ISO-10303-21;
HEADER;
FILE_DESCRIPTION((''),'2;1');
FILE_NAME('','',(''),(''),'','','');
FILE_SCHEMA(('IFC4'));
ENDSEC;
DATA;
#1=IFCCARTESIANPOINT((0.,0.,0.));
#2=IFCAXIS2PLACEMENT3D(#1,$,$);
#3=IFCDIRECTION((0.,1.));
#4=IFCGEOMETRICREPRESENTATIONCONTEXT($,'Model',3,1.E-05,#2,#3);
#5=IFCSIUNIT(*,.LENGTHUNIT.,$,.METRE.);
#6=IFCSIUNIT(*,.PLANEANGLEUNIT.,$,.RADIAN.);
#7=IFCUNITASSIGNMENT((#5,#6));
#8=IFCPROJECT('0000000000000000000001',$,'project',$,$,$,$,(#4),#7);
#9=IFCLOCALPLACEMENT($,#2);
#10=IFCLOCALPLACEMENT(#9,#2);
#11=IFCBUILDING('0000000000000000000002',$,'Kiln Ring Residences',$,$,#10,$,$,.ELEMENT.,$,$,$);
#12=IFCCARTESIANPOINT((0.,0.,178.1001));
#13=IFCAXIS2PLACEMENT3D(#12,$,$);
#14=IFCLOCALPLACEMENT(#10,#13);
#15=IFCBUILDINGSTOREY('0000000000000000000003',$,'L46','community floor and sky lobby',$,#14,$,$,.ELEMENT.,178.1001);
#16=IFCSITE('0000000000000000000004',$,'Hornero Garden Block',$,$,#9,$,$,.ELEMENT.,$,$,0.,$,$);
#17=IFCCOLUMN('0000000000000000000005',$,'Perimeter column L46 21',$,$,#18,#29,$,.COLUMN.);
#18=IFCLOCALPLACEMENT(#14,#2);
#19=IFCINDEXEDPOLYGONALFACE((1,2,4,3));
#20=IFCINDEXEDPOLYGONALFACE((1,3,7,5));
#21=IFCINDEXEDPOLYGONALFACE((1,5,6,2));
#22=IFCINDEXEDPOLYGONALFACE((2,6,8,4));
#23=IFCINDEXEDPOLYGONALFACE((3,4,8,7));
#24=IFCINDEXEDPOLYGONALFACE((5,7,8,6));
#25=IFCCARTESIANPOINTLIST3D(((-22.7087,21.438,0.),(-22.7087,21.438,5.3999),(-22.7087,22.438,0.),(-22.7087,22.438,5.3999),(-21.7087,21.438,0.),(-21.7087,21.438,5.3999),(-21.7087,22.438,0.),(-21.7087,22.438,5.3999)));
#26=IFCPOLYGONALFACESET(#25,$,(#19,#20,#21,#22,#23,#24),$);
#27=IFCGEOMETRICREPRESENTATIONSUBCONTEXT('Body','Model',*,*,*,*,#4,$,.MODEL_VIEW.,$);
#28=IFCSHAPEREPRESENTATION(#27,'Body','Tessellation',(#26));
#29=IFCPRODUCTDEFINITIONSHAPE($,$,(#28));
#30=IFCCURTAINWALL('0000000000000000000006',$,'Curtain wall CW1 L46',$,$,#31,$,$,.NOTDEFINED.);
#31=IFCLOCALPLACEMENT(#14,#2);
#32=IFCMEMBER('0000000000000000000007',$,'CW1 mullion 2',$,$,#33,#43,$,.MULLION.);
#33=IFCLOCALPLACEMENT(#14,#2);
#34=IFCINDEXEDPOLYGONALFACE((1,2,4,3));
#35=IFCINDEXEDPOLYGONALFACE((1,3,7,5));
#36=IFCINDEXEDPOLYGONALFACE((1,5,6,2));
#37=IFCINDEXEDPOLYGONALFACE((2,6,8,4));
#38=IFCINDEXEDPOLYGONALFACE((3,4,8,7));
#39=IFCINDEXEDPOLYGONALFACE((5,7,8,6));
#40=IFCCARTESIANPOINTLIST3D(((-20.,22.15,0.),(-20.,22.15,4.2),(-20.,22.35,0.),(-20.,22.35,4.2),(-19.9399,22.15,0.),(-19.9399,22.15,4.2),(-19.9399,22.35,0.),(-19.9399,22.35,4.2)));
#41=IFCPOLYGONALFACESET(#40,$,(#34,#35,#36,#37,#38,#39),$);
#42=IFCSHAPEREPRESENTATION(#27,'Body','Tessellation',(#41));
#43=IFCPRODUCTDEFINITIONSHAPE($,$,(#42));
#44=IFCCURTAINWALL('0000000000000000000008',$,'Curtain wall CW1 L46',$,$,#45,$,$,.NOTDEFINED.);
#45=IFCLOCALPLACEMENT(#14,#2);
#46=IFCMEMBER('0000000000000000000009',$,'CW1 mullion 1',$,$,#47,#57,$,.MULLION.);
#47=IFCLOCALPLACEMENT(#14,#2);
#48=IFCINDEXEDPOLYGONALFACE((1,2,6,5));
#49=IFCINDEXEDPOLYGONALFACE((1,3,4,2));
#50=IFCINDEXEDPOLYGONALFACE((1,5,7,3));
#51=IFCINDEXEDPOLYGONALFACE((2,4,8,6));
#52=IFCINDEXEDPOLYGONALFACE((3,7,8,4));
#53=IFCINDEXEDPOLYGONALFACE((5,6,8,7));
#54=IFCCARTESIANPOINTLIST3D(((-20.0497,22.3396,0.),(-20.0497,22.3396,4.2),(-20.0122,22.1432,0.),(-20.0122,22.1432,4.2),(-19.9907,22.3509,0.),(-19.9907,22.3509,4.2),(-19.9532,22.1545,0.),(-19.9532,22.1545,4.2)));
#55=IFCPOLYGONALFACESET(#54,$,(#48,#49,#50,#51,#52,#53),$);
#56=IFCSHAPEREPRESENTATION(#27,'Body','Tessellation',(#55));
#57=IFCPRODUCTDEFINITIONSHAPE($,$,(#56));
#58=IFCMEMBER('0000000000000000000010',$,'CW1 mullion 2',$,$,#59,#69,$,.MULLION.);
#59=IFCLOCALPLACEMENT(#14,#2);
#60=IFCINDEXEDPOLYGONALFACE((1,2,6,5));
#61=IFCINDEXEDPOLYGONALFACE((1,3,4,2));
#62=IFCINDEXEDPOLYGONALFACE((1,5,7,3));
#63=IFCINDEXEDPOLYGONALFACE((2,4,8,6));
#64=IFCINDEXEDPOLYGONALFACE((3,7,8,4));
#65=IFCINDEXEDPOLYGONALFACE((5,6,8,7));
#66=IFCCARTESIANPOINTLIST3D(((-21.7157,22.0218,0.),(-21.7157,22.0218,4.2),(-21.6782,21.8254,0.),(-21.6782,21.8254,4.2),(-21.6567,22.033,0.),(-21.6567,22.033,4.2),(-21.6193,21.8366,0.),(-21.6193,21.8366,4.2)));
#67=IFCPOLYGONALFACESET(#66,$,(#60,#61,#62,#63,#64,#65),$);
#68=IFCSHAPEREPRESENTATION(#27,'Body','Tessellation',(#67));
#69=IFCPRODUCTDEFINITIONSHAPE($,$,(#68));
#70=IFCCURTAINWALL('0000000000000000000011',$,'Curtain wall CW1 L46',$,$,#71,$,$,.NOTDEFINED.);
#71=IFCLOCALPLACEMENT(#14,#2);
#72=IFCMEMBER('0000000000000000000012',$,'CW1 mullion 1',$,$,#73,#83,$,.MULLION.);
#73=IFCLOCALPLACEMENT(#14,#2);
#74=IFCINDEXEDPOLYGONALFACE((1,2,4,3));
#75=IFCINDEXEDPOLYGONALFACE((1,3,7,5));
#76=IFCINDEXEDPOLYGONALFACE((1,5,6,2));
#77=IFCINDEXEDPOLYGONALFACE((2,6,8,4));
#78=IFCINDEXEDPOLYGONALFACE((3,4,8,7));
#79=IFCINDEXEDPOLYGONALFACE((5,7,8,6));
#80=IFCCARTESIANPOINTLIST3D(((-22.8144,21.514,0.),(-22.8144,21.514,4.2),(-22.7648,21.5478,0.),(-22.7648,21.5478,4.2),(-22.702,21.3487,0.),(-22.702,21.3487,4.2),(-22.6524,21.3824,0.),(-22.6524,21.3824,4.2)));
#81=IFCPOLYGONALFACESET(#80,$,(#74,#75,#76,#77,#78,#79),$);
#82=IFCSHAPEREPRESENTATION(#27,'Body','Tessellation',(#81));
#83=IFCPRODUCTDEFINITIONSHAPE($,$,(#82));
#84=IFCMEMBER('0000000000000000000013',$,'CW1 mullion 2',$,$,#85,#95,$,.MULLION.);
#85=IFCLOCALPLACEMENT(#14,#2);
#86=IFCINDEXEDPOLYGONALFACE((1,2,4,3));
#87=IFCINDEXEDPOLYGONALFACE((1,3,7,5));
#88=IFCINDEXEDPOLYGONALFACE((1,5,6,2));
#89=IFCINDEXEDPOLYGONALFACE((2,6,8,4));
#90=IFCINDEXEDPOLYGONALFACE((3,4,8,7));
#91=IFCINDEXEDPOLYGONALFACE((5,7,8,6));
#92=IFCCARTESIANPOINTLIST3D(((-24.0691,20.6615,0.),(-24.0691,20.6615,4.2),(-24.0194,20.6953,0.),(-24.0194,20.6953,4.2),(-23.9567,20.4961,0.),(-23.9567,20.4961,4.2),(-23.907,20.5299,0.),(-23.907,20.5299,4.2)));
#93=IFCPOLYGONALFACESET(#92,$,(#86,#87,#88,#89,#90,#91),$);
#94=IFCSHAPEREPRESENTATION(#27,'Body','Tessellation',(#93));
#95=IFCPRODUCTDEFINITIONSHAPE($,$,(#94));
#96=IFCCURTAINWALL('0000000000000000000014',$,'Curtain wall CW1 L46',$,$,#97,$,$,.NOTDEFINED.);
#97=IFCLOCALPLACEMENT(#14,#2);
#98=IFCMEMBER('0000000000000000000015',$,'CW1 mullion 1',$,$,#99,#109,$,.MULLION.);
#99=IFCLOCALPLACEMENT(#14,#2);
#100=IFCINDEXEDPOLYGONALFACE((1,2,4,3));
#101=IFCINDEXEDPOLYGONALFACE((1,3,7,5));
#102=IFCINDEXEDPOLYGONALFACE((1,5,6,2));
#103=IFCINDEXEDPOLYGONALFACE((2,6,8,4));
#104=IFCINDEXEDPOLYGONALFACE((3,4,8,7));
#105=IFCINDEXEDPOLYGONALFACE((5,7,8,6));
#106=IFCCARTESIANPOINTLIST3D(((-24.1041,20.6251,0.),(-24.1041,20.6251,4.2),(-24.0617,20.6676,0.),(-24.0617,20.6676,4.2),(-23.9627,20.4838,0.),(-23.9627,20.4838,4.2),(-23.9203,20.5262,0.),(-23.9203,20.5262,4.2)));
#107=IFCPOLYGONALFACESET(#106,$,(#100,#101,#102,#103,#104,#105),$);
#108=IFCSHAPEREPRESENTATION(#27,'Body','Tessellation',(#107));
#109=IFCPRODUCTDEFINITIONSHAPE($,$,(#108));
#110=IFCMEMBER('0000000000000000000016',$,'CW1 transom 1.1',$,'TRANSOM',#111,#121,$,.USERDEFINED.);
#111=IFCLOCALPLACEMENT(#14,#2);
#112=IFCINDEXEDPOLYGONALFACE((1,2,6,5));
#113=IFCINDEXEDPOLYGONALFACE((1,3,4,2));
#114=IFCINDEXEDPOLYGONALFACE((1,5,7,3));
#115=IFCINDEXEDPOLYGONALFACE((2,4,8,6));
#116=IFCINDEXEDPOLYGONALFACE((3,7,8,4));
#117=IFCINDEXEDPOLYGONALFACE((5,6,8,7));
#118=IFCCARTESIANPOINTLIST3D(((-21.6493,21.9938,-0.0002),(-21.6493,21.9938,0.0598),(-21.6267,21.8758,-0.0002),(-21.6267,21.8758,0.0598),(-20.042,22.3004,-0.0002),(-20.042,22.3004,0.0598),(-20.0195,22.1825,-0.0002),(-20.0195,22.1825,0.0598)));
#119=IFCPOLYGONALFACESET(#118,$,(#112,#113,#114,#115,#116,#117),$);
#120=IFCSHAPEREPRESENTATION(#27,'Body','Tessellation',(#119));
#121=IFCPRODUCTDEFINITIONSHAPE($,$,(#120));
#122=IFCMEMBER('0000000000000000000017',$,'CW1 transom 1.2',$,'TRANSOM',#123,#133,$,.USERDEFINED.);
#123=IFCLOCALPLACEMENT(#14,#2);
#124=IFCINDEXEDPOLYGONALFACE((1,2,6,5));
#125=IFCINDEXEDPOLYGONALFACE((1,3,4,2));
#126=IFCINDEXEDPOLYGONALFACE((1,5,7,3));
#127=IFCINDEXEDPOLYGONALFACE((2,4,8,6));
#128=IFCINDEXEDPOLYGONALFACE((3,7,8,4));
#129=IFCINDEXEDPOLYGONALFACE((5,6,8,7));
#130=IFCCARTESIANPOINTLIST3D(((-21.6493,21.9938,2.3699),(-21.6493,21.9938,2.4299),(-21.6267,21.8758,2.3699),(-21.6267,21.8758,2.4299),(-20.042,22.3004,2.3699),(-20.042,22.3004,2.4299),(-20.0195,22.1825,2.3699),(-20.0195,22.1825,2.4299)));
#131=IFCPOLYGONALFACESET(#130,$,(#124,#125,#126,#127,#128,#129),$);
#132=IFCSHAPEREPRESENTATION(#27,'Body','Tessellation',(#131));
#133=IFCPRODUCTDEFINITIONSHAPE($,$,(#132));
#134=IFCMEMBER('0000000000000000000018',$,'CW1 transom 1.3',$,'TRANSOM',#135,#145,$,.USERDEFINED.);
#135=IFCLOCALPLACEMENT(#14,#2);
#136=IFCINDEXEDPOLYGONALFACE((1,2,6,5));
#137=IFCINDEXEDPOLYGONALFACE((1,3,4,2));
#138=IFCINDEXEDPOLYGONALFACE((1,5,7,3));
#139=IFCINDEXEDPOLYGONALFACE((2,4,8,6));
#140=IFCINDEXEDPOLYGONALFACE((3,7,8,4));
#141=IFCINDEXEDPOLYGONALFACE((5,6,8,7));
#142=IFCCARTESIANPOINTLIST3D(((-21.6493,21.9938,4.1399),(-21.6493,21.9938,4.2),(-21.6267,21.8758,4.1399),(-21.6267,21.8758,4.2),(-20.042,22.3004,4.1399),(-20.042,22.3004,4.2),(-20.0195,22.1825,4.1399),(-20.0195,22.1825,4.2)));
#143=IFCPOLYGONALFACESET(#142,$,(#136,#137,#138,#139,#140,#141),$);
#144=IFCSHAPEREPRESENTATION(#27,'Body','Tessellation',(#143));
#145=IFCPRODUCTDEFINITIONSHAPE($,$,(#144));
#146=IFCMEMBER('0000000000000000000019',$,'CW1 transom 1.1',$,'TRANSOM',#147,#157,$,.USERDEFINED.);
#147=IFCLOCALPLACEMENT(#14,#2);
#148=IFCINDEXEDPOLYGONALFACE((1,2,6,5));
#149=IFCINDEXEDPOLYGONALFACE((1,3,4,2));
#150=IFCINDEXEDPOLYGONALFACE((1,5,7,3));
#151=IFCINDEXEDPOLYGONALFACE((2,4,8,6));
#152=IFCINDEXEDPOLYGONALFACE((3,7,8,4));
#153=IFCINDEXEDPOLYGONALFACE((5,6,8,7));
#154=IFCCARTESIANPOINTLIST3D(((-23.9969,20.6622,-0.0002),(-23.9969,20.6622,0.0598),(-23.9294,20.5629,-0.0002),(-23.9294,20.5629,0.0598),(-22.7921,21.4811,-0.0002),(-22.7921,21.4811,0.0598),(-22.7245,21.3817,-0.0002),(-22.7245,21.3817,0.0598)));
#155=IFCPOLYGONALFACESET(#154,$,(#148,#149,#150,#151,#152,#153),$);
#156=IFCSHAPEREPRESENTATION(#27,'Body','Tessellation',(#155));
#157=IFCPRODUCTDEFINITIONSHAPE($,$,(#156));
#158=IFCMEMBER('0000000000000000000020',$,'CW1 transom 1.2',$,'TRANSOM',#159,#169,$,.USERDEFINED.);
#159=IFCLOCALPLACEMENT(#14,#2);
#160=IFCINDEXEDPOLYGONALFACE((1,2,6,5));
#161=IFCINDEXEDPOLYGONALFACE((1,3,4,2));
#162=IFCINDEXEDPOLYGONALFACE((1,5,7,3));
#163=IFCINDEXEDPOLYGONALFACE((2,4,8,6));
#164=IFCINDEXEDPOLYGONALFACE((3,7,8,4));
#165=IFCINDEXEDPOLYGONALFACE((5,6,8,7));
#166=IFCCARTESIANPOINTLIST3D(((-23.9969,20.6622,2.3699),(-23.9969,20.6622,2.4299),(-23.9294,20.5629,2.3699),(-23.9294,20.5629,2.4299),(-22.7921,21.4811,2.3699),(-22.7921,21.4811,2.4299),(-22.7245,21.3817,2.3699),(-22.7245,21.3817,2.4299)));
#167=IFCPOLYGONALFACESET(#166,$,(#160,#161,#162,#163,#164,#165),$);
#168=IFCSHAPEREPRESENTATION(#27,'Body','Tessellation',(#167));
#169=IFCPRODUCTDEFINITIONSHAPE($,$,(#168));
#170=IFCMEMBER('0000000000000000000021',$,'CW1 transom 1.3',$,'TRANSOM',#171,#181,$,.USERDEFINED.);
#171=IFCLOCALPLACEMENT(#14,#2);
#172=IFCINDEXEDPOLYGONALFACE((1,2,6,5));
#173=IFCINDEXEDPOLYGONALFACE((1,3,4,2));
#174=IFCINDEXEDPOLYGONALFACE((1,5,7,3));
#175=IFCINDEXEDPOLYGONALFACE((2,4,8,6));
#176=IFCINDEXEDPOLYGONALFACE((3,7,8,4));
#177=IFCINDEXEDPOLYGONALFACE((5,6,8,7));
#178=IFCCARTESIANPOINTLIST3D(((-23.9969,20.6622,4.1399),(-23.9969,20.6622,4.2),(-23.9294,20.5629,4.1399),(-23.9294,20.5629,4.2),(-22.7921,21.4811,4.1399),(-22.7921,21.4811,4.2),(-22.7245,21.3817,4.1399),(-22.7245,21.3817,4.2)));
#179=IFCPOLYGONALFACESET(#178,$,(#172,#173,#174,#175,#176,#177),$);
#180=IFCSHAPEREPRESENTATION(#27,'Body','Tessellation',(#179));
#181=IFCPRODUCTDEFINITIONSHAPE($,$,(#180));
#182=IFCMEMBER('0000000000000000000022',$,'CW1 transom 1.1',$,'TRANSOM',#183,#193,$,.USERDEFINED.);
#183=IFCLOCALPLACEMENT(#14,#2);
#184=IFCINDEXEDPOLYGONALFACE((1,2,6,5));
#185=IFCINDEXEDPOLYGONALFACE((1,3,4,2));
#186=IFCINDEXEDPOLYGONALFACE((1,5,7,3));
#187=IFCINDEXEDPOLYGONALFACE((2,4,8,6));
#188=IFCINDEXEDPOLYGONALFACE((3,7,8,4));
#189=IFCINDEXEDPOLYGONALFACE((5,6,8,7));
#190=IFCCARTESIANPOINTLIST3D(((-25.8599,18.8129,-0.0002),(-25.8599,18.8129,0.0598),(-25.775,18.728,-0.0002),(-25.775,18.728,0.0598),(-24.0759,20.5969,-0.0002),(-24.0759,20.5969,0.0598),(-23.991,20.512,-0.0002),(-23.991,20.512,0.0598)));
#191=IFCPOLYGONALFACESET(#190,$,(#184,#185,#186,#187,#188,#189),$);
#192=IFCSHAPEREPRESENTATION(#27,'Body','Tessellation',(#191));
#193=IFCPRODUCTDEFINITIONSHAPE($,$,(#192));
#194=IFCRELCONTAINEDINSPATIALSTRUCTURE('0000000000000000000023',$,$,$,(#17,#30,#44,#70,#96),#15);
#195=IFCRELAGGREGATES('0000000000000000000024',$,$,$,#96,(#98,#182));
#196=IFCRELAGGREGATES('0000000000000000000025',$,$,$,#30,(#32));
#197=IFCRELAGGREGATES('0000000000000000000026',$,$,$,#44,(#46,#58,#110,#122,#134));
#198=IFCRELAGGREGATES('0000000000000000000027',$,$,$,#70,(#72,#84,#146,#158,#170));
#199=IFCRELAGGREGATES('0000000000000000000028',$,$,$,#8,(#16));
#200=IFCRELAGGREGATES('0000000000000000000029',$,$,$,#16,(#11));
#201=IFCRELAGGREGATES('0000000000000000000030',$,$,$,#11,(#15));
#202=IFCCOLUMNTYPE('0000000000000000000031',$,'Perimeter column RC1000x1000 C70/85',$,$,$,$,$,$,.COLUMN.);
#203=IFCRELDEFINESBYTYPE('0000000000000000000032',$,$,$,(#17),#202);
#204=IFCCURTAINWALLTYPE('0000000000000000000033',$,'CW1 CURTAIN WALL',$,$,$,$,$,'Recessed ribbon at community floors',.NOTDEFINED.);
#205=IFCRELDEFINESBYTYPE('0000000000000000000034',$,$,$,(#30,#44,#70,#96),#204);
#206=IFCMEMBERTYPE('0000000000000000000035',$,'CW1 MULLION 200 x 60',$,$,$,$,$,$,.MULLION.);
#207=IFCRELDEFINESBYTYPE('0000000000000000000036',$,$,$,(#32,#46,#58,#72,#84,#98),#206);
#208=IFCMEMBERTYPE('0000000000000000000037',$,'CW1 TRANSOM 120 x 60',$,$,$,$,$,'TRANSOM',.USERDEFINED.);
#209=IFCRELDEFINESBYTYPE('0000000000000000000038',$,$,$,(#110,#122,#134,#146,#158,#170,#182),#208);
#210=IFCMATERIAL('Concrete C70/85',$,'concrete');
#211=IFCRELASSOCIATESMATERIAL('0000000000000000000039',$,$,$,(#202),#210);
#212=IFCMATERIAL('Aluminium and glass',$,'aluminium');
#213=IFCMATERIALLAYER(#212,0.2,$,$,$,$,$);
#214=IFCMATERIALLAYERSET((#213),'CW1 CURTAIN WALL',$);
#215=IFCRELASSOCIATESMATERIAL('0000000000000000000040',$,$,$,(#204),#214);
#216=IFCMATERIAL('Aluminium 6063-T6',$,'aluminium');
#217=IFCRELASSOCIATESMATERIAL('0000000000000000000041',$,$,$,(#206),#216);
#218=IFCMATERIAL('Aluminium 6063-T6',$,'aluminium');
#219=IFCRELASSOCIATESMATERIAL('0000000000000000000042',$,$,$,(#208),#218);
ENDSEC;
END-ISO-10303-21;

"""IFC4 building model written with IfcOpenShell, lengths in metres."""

from ifc_helpers import new_model, si_unit, direction, frame, origin, origin_2d, place, context, subcontext, project, spatial, rectangle, extrude, material, layer, layer_set, material_profile, profile_set, type_object, element, aggregate, save


model = new_model("IFC4")

# Units and contexts
model_context = context("Model", 3, precision=1e-05, world=origin(), true_north=direction((0.0, 1.0)))
body_context = subcontext(model_context, "Body", "Model", "MODEL_VIEW")
ifc_project = project(units=[si_unit("LENGTHUNIT", "METRE"), si_unit("PLANEANGLEUNIT", "RADIAN")], contexts=[model_context])

# Site, building, storey
site_placement = place(None, origin())
site = spatial("IfcSite", under=ifc_project, at=site_placement, Name="Hornero Garden Block", CompositionType="ELEMENT", RefElevation=0.0)
building_placement = place(site_placement, origin())
building = spatial("IfcBuilding", under=site, at=building_placement, Name="Kiln Ring Residences", CompositionType="ELEMENT")
storey_placement = place(building_placement, frame((0.0, 0.0, 178.1001)))
storey = spatial("IfcBuildingStorey", under=building, at=storey_placement, Name="L46", Description="community floor and sky lobby", CompositionType="ELEMENT", Elevation=178.1001)

# Column
ifc_material_1 = material(Name="Concrete C70/85", Category="concrete")
ifc_material_profile_1 = material_profile(ifc_material_1, rectangle(XDim=1.0, YDim=1.0, at=origin_2d()), Name="RC1000x1000")
ifc_profile_set_1 = profile_set([ifc_material_profile_1], Name="Concrete C70/85")
column_type = type_object("IfcColumnType", Name="Perimeter column RC1000x1000 C70/85", PredefinedType="COLUMN", material=ifc_profile_set_1)
column_placement = place(storey_placement, frame((-22.2087, 21.938, 0.0), z_axis=(0.0, 0.0, 1.0), x_axis=(1.0, 0.0, 0.0)))
element("IfcColumn", 1, at=column_placement, inside=storey, type_object=column_type, Name="Perimeter column L46 21", PredefinedType="COLUMN", context=body_context, shape_type="SweptSolid", body=[
    extrude(rectangle(XDim=1.0, YDim=1.0, at=origin_2d()), origin(), (0.0, 0.0, 1.0), 5.3999),
])

# Curtain wall, member
ifc_material_2 = material(Name="Aluminium and glass", Category="aluminium")
ifc_layer_1 = layer(ifc_material_2, 0.2)
ifc_layer_set_1 = layer_set([ifc_layer_1], Name="CW1 CURTAIN WALL")
curtain_wall_type = type_object("IfcCurtainWallType", Name="CW1 CURTAIN WALL", ElementType="Recessed ribbon at community floors", PredefinedType="NOTDEFINED", material=ifc_layer_set_1)
placement = place(storey_placement, origin())
curtain_wall_1 = element("IfcCurtainWall", 2, at=placement, inside=storey, type_object=curtain_wall_type, Name="Curtain wall CW1 L46", PredefinedType="NOTDEFINED")
ifc_material_3 = material(Name="Aluminium 6063-T6", Category="aluminium")
ifc_material_profile_2 = material_profile(ifc_material_3, rectangle(XDim=0.2, YDim=0.0601, at=origin_2d()), Name="AL 200x60")
ifc_profile_set_2 = profile_set([ifc_material_profile_2], Name="Aluminium 6063-T6")
member_type_1 = type_object("IfcMemberType", Name="CW1 MULLION 200 x 60", PredefinedType="MULLION", material=ifc_profile_set_2)
member_1_placement = place(storey_placement, frame((-19.97, 22.25, 0.0), z_axis=(0.0, 0.0, 1.0), x_axis=(0.0, -1.0, 0.0)))
member_1 = element("IfcMember", 3, at=member_1_placement, type_object=member_type_1, Name="CW1 mullion 2", PredefinedType="MULLION", context=body_context, shape_type="SweptSolid", body=[
    extrude(rectangle(XDim=0.2, YDim=0.0601, at=origin_2d()), origin(), (0.0, 0.0, 1.0), 4.2),
])

# Curtain walls, members
curtain_wall_2 = element("IfcCurtainWall", 4, at=placement, inside=storey, type_object=curtain_wall_type, Name="Curtain wall CW1 L46", PredefinedType="NOTDEFINED")
member_2_placement = place(storey_placement, frame((-20.0015, 22.2471, 0.0), z_axis=(0.0, 0.0, 1.0), x_axis=(0.187366, -0.98229, 0.0)))
member_2 = element("IfcMember", 5, at=member_2_placement, type_object=member_type_1, Name="CW1 mullion 1", PredefinedType="MULLION", context=body_context, shape_type="SweptSolid", body=[
    extrude(rectangle(XDim=0.2, YDim=0.0601, at=origin_2d()), origin(), (0.0, 0.0, 1.0), 4.2),
])
member_3_placement = place(storey_placement, frame((-21.6675, 21.9292, 0.0), z_axis=(0.0, 0.0, 1.0), x_axis=(0.187366, -0.98229, 0.0)))
member_3 = element("IfcMember", 6, at=member_3_placement, type_object=member_type_1, Name="CW1 mullion 2", PredefinedType="MULLION", context=body_context, shape_type="SweptSolid", body=[
    extrude(rectangle(XDim=0.2, YDim=0.0601, at=origin_2d()), origin(), (0.0, 0.0, 1.0), 4.2),
])
curtain_wall_3 = element("IfcCurtainWall", 7, at=placement, inside=storey, type_object=curtain_wall_type, Name="Curtain wall CW1 L46", PredefinedType="NOTDEFINED")
member_4_placement = place(storey_placement, frame((-22.7334, 21.4482, 0.0), z_axis=(0.0, 0.0, 1.0), x_axis=(0.562097, -0.827072, 0.0)))
member_4 = element("IfcMember", 8, at=member_4_placement, type_object=member_type_1, Name="CW1 mullion 1", PredefinedType="MULLION", context=body_context, shape_type="SweptSolid", body=[
    extrude(rectangle(XDim=0.2, YDim=0.0601, at=origin_2d()), origin(), (0.0, 0.0, 1.0), 4.2),
])
member_5_placement = place(storey_placement, frame((-23.988, 20.5957, 0.0), z_axis=(0.0, 0.0, 1.0), x_axis=(0.562097, -0.827072, 0.0)))
member_5 = element("IfcMember", 9, at=member_5_placement, type_object=member_type_1, Name="CW1 mullion 2", PredefinedType="MULLION", context=body_context, shape_type="SweptSolid", body=[
    extrude(rectangle(XDim=0.2, YDim=0.0601, at=origin_2d()), origin(), (0.0, 0.0, 1.0), 4.2),
])

# Curtain wall, member
curtain_wall_4 = element("IfcCurtainWall", 10, at=placement, inside=storey, type_object=curtain_wall_type, Name="Curtain wall CW1 L46", PredefinedType="NOTDEFINED")
member_6_placement = place(storey_placement, frame((-24.0122, 20.5757, 0.0), z_axis=(0.0, 0.0, 1.0), x_axis=(0.707107, -0.707107, 0.0)))
member_6 = element("IfcMember", 11, at=member_6_placement, type_object=member_type_1, Name="CW1 mullion 1", PredefinedType="MULLION", context=body_context, shape_type="SweptSolid", body=[
    extrude(rectangle(XDim=0.2, YDim=0.0601, at=origin_2d()), origin(), (0.0, 0.0, 1.0), 4.2),
])

# Members
ifc_material_4 = material(Name="Aluminium 6063-T6", Category="aluminium")
ifc_material_profile_3 = material_profile(ifc_material_4, rectangle(XDim=0.1201, YDim=0.0601, at=origin_2d()), Name="AL 120x60")
ifc_profile_set_3 = profile_set([ifc_material_profile_3], Name="Aluminium 6063-T6")
member_type_2 = type_object("IfcMemberType", Name="CW1 TRANSOM 120 x 60", ElementType="TRANSOM", PredefinedType="USERDEFINED", material=ifc_profile_set_3)
member_7_placement = place(storey_placement, frame((-20.0308, 22.2415, 0.0298), z_axis=(-0.982281, -0.187414, 0.0), x_axis=(0.187414, -0.982281, 0.0)))
member_7 = element("IfcMember", 12, at=member_7_placement, type_object=member_type_2, Name="CW1 transom 1.1", ObjectType="TRANSOM", PredefinedType="USERDEFINED", context=body_context, shape_type="SweptSolid", body=[
    extrude(rectangle(XDim=0.1201, YDim=0.0601, at=origin_2d()), origin(), (0.0, 0.0, 1.0), 1.6362),
])
member_8_placement = place(storey_placement, frame((-20.0308, 22.2415, 2.3999), z_axis=(-0.982281, -0.187414, 0.0), x_axis=(0.187414, -0.982281, 0.0)))
member_8 = element("IfcMember", 13, at=member_8_placement, type_object=member_type_2, Name="CW1 transom 1.2", ObjectType="TRANSOM", PredefinedType="USERDEFINED", context=body_context, shape_type="SweptSolid", body=[
    extrude(rectangle(XDim=0.1201, YDim=0.0601, at=origin_2d()), origin(), (0.0, 0.0, 1.0), 1.6362),
])
member_9_placement = place(storey_placement, frame((-20.0308, 22.2415, 4.1699), z_axis=(-0.982281, -0.187414, 0.0), x_axis=(0.187414, -0.982281, 0.0)))
member_9 = element("IfcMember", 14, at=member_9_placement, type_object=member_type_2, Name="CW1 transom 1.3", ObjectType="TRANSOM", PredefinedType="USERDEFINED", context=body_context, shape_type="SweptSolid", body=[
    extrude(rectangle(XDim=0.1201, YDim=0.0601, at=origin_2d()), origin(), (0.0, 0.0, 1.0), 1.6362),
])
member_10_placement = place(storey_placement, frame((-22.7583, 21.4314, 0.0298), z_axis=(-0.827067, -0.562104, 0.0), x_axis=(0.562104, -0.827067, 0.0)))
member_10 = element("IfcMember", 15, at=member_10_placement, type_object=member_type_2, Name="CW1 transom 1.1", ObjectType="TRANSOM", PredefinedType="USERDEFINED", context=body_context, shape_type="SweptSolid", body=[
    extrude(rectangle(XDim=0.1201, YDim=0.0601, at=origin_2d()), origin(), (0.0, 0.0, 1.0), 1.4568),
])
member_11_placement = place(storey_placement, frame((-22.7583, 21.4314, 2.3999), z_axis=(-0.827067, -0.562104, 0.0), x_axis=(0.562104, -0.827067, 0.0)))
member_11 = element("IfcMember", 16, at=member_11_placement, type_object=member_type_2, Name="CW1 transom 1.2", ObjectType="TRANSOM", PredefinedType="USERDEFINED", context=body_context, shape_type="SweptSolid", body=[
    extrude(rectangle(XDim=0.1201, YDim=0.0601, at=origin_2d()), origin(), (0.0, 0.0, 1.0), 1.4568),
])
member_12_placement = place(storey_placement, frame((-22.7583, 21.4314, 4.1699), z_axis=(-0.827067, -0.562104, 0.0), x_axis=(0.562104, -0.827067, 0.0)))
member_12 = element("IfcMember", 17, at=member_12_placement, type_object=member_type_2, Name="CW1 transom 1.3", ObjectType="TRANSOM", PredefinedType="USERDEFINED", context=body_context, shape_type="SweptSolid", body=[
    extrude(rectangle(XDim=0.1201, YDim=0.0601, at=origin_2d()), origin(), (0.0, 0.0, 1.0), 1.4568),
])
member_13_placement = place(storey_placement, frame((-24.0334, 20.5544, 0.0298), z_axis=(-0.707107, -0.707107, 0.0), x_axis=(0.707107, -0.707107, 0.0)))
member_13 = element("IfcMember", 18, at=member_13_placement, type_object=member_type_2, Name="CW1 transom 1.1", ObjectType="TRANSOM", PredefinedType="USERDEFINED", context=body_context, shape_type="SweptSolid", body=[
    extrude(rectangle(XDim=0.1201, YDim=0.0601, at=origin_2d()), origin(), (0.0, 0.0, 1.0), 2.5229),
])
aggregate(curtain_wall_4, [member_6, member_13])

aggregate(curtain_wall_1, [member_1])
aggregate(curtain_wall_2, [member_2, member_3, member_7, member_8, member_9])
aggregate(curtain_wall_3, [member_4, member_5, member_10, member_11, member_12])

save(model, "model.ifc")
